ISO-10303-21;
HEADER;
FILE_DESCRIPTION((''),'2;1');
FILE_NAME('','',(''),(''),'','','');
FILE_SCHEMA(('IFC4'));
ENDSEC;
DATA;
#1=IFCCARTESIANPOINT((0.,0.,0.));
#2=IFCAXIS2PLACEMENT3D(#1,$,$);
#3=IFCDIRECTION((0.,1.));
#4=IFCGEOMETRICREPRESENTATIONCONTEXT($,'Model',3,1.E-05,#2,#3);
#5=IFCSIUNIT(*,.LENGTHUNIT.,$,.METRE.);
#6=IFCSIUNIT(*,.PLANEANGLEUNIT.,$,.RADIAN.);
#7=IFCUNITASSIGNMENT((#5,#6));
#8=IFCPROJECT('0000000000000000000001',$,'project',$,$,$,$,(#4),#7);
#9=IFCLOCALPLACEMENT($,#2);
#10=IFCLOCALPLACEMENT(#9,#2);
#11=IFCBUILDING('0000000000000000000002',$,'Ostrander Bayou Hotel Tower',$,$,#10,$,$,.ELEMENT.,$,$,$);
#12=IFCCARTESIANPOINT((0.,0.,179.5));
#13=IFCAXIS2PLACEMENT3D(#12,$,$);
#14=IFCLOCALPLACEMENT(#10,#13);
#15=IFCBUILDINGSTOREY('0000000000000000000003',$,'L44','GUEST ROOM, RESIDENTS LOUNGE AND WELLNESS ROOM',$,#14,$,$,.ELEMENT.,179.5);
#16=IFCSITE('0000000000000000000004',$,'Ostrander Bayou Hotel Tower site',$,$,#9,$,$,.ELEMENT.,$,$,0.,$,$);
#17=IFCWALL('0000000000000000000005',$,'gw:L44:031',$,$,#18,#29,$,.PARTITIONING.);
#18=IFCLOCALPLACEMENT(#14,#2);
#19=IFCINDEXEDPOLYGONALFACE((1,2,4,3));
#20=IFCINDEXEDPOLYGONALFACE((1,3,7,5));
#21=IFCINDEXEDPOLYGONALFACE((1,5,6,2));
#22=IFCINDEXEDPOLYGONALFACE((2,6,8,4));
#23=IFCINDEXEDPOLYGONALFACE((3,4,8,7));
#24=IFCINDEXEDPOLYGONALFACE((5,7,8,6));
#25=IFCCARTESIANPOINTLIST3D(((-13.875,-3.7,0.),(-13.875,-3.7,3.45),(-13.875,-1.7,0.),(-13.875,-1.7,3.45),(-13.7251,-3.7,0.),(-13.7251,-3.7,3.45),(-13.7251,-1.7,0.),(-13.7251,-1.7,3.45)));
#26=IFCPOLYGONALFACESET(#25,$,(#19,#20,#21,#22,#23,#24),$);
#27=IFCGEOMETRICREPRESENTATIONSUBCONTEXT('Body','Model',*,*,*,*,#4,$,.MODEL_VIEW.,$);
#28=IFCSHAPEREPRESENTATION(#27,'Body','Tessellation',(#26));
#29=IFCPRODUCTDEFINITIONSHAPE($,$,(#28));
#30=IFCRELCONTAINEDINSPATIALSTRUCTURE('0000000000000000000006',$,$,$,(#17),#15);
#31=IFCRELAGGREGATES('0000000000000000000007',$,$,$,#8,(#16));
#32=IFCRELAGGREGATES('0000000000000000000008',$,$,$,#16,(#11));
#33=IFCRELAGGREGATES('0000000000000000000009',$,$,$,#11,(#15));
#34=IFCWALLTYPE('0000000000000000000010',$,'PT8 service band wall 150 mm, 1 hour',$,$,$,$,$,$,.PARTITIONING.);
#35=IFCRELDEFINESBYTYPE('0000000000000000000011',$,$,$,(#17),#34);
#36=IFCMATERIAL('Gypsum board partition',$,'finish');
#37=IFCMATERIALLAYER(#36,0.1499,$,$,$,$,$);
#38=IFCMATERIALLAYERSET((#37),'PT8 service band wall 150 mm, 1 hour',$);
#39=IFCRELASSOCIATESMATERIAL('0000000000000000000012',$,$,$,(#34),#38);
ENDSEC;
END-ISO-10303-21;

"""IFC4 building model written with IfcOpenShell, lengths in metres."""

from ifc_helpers import new_model, si_unit, direction, frame, frame_2d, origin, place, context, subcontext, project, spatial, rectangle, extrude, material, layer, layer_set, type_object, element, save


model = new_model("IFC4")

# Units and contexts
model_context = context("Model", 3, precision=1e-05, world=origin(), true_north=direction((0.0, 1.0)))
body_context = subcontext(model_context, "Body", "Model", "MODEL_VIEW")
ifc_project = project(units=[si_unit("LENGTHUNIT", "METRE"), si_unit("PLANEANGLEUNIT", "RADIAN")], contexts=[model_context])

# Site, building, storey
site_placement = place(None, origin())
site = spatial("IfcSite", under=ifc_project, at=site_placement, Name="Ostrander Bayou Hotel Tower site", CompositionType="ELEMENT", RefElevation=0.0)
building_placement = place(site_placement, origin())
building = spatial("IfcBuilding", under=site, at=building_placement, Name="Ostrander Bayou Hotel Tower", CompositionType="ELEMENT")
storey_placement = place(building_placement, frame((0.0, 0.0, 179.5)))
storey = spatial("IfcBuildingStorey", under=building, at=storey_placement, Name="L44", Description="GUEST ROOM, RESIDENTS LOUNGE AND WELLNESS ROOM", CompositionType="ELEMENT", Elevation=179.5)

# Shared definitions
ifc_material_1 = material(Name="Gypsum board partition", Category="finish")
ifc_layer_1 = layer(ifc_material_1, 0.1499)
ifc_layer_set_1 = layer_set([ifc_layer_1], Name="PT8 service band wall 150 mm, 1 hour")
wall_type_1 = type_object("IfcWallType", Name="PT8 service band wall 150 mm, 1 hour", PredefinedType="PARTITIONING", material=ifc_layer_set_1)

# Wall
wall_1_placement = place(storey_placement, frame((-13.8, -3.7, 0.0), z_axis=(0.0, 0.0, 1.0), x_axis=(0.0, 1.0, 0.0)))
element("IfcWall", 1, at=wall_1_placement, inside=storey, type_object=wall_type_1, Name="gw:L44:031", PredefinedType="PARTITIONING", context=body_context, shape_type="SweptSolid", body=[
    extrude(rectangle(XDim=2.0, YDim=0.1499, at=frame_2d((1.0, 0.0))), origin(), (0.0, 0.0, 1.0), 3.45),
])

save(model, "model.ifc")
